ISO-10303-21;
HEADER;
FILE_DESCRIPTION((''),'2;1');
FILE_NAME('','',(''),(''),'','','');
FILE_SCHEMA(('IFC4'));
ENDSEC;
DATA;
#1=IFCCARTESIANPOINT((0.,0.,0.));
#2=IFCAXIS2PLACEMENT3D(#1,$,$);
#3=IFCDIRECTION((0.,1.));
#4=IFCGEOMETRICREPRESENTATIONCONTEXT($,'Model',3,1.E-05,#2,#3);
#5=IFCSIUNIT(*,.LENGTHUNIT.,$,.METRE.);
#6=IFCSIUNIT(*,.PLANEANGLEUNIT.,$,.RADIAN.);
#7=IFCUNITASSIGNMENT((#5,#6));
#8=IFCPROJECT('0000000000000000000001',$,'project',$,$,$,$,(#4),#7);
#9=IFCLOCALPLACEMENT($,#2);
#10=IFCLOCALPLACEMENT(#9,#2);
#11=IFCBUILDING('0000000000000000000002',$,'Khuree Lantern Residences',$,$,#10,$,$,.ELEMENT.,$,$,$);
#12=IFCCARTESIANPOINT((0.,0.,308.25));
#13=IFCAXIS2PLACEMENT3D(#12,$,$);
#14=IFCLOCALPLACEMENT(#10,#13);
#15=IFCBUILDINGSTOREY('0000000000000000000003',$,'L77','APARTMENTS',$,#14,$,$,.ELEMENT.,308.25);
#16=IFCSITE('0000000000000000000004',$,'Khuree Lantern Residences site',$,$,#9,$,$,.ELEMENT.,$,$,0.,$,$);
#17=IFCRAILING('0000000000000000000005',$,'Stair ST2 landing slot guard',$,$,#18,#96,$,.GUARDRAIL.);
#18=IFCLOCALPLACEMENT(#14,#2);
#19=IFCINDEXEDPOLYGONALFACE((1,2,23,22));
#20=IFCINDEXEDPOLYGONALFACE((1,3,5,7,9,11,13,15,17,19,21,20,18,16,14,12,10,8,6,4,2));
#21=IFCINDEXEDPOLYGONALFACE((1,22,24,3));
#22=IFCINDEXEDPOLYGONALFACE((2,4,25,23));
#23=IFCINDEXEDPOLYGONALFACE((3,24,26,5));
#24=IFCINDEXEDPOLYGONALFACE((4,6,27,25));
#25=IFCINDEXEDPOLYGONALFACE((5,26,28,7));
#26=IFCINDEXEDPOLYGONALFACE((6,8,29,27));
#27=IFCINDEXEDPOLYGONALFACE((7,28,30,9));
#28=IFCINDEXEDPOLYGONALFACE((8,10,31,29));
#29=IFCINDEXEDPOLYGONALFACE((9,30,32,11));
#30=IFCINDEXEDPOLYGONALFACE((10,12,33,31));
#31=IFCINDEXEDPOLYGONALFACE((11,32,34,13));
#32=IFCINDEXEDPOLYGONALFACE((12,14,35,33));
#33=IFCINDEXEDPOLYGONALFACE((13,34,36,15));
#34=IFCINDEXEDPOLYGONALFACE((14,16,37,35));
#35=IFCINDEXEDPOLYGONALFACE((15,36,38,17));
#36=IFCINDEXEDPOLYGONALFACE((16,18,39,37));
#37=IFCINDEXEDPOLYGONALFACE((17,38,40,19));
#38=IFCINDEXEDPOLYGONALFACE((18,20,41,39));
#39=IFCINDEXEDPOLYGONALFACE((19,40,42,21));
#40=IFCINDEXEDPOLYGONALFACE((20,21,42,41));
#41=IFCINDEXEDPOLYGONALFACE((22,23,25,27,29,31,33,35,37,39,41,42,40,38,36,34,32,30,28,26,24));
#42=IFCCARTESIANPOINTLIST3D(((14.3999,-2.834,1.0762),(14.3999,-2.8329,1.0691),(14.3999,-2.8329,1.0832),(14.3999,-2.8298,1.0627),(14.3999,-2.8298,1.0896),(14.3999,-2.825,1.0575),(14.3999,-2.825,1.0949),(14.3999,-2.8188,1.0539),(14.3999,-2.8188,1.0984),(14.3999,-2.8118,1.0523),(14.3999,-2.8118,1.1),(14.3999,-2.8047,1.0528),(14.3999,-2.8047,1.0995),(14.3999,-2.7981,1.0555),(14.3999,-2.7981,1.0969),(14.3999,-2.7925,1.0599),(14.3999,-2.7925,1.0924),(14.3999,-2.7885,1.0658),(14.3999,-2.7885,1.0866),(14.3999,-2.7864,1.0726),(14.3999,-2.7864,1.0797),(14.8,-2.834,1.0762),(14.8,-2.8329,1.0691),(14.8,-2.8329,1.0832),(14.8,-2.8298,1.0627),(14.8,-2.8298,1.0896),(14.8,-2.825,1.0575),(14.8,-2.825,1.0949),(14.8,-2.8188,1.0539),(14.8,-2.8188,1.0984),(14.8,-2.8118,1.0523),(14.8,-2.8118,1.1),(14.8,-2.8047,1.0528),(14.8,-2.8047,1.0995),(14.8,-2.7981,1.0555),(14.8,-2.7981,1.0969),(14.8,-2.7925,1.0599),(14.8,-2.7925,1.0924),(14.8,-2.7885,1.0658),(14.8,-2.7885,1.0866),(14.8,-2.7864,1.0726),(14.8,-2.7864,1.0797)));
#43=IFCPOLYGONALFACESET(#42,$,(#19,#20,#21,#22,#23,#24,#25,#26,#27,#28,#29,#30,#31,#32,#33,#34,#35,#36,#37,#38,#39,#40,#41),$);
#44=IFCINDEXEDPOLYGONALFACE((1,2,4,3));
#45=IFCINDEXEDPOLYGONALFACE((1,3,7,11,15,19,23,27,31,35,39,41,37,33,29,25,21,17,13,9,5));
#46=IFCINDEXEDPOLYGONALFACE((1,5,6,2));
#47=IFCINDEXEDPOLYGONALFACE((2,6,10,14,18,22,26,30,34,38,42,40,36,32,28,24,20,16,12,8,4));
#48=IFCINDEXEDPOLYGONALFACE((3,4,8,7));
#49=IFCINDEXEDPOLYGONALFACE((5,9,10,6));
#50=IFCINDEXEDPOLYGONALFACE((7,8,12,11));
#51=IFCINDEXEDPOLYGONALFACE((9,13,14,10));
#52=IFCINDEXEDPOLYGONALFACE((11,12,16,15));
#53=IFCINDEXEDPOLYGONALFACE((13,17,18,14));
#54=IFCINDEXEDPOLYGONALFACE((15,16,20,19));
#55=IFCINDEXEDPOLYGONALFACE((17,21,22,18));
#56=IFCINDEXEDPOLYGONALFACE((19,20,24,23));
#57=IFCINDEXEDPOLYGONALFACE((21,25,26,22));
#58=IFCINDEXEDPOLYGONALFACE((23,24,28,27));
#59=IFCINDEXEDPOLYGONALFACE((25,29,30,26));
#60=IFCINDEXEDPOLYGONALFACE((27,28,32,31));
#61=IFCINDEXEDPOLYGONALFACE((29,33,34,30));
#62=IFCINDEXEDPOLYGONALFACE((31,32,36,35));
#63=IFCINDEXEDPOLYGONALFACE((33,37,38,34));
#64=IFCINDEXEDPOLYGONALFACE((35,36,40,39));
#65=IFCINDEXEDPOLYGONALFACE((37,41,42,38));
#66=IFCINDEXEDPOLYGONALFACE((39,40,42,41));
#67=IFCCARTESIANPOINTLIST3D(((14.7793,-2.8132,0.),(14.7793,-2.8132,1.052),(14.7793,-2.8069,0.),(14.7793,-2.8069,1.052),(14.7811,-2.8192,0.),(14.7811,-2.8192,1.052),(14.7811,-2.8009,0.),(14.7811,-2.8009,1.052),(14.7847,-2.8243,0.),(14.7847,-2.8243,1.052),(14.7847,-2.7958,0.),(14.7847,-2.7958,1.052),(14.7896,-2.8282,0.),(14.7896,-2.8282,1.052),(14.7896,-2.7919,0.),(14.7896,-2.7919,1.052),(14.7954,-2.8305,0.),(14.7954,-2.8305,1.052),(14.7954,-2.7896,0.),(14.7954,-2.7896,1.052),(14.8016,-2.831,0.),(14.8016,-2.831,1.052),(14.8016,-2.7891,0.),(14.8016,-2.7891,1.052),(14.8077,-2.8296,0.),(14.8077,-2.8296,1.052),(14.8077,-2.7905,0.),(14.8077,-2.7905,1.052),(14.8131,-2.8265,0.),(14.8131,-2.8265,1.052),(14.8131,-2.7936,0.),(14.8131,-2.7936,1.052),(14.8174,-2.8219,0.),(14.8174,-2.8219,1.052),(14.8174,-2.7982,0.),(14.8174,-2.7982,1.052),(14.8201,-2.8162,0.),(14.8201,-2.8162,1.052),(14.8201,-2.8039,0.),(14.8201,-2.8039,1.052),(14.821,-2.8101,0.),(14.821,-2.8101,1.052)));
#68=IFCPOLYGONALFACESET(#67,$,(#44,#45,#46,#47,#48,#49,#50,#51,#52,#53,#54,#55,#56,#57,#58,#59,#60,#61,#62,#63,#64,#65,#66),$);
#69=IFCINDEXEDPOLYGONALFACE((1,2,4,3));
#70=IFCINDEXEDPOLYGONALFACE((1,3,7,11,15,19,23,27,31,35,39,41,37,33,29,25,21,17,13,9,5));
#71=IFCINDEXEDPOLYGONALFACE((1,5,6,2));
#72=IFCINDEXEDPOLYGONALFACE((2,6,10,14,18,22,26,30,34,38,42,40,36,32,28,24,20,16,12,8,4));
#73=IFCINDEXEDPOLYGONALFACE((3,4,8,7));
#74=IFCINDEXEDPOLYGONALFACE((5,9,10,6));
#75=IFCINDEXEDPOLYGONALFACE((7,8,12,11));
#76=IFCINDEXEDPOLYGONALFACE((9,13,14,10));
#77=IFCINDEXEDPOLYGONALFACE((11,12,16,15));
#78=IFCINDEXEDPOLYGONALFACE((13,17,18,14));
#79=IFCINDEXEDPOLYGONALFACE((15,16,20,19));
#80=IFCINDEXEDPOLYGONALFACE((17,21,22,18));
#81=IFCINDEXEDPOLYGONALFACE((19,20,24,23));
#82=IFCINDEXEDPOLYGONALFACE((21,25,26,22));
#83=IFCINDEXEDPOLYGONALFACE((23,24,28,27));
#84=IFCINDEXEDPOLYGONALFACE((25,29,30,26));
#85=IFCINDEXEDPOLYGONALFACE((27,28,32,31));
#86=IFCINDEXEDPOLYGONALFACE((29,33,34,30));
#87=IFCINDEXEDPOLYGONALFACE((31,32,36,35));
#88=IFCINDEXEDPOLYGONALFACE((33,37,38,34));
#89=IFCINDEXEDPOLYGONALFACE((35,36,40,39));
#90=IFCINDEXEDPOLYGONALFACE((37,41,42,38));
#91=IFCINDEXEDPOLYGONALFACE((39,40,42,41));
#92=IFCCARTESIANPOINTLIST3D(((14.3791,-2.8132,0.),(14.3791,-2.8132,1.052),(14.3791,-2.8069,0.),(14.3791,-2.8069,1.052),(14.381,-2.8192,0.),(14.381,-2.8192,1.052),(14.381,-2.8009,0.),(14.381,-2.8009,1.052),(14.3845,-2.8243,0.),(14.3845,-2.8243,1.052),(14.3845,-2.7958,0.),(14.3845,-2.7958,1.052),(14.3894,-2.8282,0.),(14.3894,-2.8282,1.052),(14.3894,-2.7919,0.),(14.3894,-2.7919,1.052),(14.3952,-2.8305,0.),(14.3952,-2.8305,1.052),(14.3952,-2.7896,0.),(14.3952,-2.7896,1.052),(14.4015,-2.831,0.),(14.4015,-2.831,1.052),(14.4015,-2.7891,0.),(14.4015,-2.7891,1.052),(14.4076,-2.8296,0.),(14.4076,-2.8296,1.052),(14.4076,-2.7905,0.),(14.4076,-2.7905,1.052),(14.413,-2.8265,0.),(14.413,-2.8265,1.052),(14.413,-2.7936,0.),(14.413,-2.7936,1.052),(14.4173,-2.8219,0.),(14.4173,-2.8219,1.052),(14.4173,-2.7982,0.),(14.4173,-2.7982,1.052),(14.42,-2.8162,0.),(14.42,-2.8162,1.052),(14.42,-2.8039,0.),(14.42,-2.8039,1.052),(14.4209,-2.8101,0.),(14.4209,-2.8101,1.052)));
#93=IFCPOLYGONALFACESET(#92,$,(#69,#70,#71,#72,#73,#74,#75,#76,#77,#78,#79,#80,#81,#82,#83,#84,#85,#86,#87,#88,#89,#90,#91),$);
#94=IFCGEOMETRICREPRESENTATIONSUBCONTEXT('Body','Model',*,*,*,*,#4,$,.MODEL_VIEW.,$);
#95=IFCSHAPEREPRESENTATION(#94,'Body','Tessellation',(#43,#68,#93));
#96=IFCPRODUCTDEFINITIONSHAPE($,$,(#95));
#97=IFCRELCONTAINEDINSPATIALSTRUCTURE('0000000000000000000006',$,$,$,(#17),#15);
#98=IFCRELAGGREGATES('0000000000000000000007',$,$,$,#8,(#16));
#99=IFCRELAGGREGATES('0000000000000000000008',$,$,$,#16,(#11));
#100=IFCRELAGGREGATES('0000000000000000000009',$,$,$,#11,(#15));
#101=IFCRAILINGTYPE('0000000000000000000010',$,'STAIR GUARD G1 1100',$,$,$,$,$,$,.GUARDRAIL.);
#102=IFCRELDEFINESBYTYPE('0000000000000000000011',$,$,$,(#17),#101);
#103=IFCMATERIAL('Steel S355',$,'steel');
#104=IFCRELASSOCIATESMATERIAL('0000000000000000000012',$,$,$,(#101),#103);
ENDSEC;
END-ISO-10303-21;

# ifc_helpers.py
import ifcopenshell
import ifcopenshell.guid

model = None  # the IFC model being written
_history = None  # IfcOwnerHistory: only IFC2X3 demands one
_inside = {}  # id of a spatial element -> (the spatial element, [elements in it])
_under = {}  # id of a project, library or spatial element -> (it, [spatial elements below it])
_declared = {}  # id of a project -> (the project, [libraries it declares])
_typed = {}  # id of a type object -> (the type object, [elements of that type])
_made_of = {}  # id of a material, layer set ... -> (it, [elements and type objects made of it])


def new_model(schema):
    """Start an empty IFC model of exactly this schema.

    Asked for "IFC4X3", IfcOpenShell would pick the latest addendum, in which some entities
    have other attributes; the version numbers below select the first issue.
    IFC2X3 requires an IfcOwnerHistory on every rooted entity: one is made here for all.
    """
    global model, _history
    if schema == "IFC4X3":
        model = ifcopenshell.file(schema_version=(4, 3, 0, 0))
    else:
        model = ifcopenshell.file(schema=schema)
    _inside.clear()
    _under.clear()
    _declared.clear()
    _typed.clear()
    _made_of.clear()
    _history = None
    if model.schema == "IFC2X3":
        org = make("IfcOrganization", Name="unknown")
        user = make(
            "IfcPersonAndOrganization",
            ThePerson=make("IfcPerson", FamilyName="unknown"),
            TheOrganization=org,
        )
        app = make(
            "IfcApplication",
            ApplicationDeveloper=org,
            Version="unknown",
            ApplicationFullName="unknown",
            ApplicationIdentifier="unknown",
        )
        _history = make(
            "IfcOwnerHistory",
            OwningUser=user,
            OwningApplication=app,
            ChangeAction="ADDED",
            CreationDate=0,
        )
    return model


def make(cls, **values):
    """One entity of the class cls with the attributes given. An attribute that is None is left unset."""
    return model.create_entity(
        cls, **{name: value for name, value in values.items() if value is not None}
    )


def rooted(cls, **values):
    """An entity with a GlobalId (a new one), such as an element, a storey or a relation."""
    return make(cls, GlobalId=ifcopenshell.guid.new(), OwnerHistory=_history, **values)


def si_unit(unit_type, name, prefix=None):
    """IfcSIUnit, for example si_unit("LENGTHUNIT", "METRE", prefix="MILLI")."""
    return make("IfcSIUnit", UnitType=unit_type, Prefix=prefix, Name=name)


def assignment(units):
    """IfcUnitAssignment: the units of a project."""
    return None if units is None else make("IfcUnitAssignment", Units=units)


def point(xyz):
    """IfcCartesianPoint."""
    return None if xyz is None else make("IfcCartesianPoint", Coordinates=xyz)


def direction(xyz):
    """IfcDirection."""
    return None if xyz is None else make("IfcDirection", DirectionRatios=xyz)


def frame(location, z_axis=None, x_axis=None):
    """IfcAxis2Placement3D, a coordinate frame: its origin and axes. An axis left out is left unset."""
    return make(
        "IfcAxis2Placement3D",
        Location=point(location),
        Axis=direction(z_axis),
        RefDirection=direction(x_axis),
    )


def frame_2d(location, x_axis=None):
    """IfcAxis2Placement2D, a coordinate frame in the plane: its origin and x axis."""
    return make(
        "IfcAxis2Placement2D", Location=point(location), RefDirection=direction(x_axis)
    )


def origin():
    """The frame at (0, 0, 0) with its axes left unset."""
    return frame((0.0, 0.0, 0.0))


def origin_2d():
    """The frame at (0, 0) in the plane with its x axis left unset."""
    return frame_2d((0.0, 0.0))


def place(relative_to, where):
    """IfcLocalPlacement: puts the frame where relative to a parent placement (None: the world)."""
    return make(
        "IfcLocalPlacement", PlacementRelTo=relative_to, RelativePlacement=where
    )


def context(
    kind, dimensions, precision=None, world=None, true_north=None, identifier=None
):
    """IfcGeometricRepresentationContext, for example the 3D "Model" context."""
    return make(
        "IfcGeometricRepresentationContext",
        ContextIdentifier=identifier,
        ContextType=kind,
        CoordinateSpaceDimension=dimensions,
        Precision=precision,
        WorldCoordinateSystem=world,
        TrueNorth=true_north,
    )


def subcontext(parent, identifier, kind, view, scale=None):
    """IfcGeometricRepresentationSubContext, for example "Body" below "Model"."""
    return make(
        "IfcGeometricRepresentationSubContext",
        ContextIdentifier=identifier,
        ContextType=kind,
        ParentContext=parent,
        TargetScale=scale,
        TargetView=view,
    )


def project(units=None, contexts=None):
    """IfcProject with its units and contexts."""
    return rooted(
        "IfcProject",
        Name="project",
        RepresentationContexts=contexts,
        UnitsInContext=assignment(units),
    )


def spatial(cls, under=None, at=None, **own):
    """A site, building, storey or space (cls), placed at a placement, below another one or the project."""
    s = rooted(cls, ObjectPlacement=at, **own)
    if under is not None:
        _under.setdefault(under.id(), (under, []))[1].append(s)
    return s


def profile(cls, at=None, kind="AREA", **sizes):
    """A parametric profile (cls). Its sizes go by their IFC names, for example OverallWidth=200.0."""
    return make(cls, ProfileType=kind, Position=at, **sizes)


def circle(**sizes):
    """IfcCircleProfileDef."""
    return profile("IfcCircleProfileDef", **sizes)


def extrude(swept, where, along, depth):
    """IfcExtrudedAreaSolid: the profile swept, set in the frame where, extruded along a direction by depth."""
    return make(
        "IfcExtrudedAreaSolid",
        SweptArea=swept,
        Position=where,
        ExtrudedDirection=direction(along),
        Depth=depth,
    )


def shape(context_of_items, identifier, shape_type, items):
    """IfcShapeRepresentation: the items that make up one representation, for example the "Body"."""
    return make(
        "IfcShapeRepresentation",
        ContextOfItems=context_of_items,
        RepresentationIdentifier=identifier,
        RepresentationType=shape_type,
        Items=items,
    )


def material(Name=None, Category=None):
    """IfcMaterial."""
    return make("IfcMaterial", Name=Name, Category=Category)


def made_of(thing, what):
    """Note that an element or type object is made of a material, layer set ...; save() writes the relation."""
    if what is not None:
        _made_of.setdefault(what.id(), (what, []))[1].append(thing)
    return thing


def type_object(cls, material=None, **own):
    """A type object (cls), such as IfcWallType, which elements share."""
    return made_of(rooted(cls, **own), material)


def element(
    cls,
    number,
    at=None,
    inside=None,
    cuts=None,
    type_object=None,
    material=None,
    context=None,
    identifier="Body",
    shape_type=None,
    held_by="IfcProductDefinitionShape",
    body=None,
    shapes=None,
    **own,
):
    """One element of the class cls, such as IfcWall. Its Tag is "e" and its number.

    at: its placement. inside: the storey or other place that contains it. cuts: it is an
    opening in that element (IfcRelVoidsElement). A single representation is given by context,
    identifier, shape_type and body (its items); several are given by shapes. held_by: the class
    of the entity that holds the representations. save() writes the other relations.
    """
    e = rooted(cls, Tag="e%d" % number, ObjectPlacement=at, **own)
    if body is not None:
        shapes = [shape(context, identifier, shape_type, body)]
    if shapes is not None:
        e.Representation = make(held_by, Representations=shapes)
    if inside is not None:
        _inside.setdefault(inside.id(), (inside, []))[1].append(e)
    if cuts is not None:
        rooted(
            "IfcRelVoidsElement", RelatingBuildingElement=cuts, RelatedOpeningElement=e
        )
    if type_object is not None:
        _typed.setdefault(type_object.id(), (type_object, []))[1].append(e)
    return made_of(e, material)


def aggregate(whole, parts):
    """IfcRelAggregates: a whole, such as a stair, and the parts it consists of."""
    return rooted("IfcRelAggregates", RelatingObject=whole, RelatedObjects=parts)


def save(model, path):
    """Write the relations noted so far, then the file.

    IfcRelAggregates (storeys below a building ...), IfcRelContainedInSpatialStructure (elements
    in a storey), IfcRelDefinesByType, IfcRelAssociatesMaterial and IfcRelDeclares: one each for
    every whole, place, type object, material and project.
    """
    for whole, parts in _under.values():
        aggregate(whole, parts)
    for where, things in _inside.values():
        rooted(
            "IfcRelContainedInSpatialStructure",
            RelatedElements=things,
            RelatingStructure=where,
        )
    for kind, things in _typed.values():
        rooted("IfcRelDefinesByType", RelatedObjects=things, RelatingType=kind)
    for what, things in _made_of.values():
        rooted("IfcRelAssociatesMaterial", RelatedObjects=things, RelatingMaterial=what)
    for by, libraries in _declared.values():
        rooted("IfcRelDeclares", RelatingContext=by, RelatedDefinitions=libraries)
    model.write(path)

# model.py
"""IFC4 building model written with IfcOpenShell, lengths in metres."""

from ifc_helpers import new_model, si_unit, direction, frame, origin, origin_2d, place, context, subcontext, project, spatial, circle, extrude, material, type_object, element, save


model = new_model("IFC4")

# Units and contexts
model_context = context("Model", 3, precision=1e-05, world=origin(), true_north=direction((0.0, 1.0)))
body_context = subcontext(model_context, "Body", "Model", "MODEL_VIEW")
ifc_project = project(units=[si_unit("LENGTHUNIT", "METRE"), si_unit("PLANEANGLEUNIT", "RADIAN")], contexts=[model_context])

# Site, building, storey
site_placement = place(None, origin())
site = spatial("IfcSite", under=ifc_project, at=site_placement, Name="Khuree Lantern Residences site", CompositionType="ELEMENT", RefElevation=0.0)
building_placement = place(site_placement, origin())
building = spatial("IfcBuilding", under=site, at=building_placement, Name="Khuree Lantern Residences", CompositionType="ELEMENT")
storey_placement = place(building_placement, frame((0.0, 0.0, 308.25)))
storey = spatial("IfcBuildingStorey", under=building, at=storey_placement, Name="L77", Description="APARTMENTS", CompositionType="ELEMENT", Elevation=308.25)

# Railing
ifc_material_1 = material(Name="Steel S355", Category="steel")
railing_type_1 = type_object("IfcRailingType", Name="STAIR GUARD G1 1100", PredefinedType="GUARDRAIL", material=ifc_material_1)
railing_1_placement = place(storey_placement, frame((14.8, -2.8101, 0.0)))
element("IfcRailing", 1, at=railing_1_placement, inside=storey, type_object=railing_type_1, Name="Stair ST2 landing slot guard", PredefinedType="GUARDRAIL", context=body_context, shape_type="SweptSolid", body=[
    extrude(circle(Radius=0.0239, at=origin_2d()), frame((0.0, 0.0, 1.0762), z_axis=(-1.0, 0.0, 0.0), x_axis=(0.0, -1.0, 0.0)), (0.0, 0.0, 1.0), 0.4001),
    extrude(circle(Radius=0.021, at=origin_2d()), origin(), (0.0, 0.0, 1.0), 1.052),
    extrude(circle(Radius=0.021, at=origin_2d()), frame((-0.4001, 0.0, 0.0)), (0.0, 0.0, 1.0), 1.052),
])

save(model, "model.ifc")
